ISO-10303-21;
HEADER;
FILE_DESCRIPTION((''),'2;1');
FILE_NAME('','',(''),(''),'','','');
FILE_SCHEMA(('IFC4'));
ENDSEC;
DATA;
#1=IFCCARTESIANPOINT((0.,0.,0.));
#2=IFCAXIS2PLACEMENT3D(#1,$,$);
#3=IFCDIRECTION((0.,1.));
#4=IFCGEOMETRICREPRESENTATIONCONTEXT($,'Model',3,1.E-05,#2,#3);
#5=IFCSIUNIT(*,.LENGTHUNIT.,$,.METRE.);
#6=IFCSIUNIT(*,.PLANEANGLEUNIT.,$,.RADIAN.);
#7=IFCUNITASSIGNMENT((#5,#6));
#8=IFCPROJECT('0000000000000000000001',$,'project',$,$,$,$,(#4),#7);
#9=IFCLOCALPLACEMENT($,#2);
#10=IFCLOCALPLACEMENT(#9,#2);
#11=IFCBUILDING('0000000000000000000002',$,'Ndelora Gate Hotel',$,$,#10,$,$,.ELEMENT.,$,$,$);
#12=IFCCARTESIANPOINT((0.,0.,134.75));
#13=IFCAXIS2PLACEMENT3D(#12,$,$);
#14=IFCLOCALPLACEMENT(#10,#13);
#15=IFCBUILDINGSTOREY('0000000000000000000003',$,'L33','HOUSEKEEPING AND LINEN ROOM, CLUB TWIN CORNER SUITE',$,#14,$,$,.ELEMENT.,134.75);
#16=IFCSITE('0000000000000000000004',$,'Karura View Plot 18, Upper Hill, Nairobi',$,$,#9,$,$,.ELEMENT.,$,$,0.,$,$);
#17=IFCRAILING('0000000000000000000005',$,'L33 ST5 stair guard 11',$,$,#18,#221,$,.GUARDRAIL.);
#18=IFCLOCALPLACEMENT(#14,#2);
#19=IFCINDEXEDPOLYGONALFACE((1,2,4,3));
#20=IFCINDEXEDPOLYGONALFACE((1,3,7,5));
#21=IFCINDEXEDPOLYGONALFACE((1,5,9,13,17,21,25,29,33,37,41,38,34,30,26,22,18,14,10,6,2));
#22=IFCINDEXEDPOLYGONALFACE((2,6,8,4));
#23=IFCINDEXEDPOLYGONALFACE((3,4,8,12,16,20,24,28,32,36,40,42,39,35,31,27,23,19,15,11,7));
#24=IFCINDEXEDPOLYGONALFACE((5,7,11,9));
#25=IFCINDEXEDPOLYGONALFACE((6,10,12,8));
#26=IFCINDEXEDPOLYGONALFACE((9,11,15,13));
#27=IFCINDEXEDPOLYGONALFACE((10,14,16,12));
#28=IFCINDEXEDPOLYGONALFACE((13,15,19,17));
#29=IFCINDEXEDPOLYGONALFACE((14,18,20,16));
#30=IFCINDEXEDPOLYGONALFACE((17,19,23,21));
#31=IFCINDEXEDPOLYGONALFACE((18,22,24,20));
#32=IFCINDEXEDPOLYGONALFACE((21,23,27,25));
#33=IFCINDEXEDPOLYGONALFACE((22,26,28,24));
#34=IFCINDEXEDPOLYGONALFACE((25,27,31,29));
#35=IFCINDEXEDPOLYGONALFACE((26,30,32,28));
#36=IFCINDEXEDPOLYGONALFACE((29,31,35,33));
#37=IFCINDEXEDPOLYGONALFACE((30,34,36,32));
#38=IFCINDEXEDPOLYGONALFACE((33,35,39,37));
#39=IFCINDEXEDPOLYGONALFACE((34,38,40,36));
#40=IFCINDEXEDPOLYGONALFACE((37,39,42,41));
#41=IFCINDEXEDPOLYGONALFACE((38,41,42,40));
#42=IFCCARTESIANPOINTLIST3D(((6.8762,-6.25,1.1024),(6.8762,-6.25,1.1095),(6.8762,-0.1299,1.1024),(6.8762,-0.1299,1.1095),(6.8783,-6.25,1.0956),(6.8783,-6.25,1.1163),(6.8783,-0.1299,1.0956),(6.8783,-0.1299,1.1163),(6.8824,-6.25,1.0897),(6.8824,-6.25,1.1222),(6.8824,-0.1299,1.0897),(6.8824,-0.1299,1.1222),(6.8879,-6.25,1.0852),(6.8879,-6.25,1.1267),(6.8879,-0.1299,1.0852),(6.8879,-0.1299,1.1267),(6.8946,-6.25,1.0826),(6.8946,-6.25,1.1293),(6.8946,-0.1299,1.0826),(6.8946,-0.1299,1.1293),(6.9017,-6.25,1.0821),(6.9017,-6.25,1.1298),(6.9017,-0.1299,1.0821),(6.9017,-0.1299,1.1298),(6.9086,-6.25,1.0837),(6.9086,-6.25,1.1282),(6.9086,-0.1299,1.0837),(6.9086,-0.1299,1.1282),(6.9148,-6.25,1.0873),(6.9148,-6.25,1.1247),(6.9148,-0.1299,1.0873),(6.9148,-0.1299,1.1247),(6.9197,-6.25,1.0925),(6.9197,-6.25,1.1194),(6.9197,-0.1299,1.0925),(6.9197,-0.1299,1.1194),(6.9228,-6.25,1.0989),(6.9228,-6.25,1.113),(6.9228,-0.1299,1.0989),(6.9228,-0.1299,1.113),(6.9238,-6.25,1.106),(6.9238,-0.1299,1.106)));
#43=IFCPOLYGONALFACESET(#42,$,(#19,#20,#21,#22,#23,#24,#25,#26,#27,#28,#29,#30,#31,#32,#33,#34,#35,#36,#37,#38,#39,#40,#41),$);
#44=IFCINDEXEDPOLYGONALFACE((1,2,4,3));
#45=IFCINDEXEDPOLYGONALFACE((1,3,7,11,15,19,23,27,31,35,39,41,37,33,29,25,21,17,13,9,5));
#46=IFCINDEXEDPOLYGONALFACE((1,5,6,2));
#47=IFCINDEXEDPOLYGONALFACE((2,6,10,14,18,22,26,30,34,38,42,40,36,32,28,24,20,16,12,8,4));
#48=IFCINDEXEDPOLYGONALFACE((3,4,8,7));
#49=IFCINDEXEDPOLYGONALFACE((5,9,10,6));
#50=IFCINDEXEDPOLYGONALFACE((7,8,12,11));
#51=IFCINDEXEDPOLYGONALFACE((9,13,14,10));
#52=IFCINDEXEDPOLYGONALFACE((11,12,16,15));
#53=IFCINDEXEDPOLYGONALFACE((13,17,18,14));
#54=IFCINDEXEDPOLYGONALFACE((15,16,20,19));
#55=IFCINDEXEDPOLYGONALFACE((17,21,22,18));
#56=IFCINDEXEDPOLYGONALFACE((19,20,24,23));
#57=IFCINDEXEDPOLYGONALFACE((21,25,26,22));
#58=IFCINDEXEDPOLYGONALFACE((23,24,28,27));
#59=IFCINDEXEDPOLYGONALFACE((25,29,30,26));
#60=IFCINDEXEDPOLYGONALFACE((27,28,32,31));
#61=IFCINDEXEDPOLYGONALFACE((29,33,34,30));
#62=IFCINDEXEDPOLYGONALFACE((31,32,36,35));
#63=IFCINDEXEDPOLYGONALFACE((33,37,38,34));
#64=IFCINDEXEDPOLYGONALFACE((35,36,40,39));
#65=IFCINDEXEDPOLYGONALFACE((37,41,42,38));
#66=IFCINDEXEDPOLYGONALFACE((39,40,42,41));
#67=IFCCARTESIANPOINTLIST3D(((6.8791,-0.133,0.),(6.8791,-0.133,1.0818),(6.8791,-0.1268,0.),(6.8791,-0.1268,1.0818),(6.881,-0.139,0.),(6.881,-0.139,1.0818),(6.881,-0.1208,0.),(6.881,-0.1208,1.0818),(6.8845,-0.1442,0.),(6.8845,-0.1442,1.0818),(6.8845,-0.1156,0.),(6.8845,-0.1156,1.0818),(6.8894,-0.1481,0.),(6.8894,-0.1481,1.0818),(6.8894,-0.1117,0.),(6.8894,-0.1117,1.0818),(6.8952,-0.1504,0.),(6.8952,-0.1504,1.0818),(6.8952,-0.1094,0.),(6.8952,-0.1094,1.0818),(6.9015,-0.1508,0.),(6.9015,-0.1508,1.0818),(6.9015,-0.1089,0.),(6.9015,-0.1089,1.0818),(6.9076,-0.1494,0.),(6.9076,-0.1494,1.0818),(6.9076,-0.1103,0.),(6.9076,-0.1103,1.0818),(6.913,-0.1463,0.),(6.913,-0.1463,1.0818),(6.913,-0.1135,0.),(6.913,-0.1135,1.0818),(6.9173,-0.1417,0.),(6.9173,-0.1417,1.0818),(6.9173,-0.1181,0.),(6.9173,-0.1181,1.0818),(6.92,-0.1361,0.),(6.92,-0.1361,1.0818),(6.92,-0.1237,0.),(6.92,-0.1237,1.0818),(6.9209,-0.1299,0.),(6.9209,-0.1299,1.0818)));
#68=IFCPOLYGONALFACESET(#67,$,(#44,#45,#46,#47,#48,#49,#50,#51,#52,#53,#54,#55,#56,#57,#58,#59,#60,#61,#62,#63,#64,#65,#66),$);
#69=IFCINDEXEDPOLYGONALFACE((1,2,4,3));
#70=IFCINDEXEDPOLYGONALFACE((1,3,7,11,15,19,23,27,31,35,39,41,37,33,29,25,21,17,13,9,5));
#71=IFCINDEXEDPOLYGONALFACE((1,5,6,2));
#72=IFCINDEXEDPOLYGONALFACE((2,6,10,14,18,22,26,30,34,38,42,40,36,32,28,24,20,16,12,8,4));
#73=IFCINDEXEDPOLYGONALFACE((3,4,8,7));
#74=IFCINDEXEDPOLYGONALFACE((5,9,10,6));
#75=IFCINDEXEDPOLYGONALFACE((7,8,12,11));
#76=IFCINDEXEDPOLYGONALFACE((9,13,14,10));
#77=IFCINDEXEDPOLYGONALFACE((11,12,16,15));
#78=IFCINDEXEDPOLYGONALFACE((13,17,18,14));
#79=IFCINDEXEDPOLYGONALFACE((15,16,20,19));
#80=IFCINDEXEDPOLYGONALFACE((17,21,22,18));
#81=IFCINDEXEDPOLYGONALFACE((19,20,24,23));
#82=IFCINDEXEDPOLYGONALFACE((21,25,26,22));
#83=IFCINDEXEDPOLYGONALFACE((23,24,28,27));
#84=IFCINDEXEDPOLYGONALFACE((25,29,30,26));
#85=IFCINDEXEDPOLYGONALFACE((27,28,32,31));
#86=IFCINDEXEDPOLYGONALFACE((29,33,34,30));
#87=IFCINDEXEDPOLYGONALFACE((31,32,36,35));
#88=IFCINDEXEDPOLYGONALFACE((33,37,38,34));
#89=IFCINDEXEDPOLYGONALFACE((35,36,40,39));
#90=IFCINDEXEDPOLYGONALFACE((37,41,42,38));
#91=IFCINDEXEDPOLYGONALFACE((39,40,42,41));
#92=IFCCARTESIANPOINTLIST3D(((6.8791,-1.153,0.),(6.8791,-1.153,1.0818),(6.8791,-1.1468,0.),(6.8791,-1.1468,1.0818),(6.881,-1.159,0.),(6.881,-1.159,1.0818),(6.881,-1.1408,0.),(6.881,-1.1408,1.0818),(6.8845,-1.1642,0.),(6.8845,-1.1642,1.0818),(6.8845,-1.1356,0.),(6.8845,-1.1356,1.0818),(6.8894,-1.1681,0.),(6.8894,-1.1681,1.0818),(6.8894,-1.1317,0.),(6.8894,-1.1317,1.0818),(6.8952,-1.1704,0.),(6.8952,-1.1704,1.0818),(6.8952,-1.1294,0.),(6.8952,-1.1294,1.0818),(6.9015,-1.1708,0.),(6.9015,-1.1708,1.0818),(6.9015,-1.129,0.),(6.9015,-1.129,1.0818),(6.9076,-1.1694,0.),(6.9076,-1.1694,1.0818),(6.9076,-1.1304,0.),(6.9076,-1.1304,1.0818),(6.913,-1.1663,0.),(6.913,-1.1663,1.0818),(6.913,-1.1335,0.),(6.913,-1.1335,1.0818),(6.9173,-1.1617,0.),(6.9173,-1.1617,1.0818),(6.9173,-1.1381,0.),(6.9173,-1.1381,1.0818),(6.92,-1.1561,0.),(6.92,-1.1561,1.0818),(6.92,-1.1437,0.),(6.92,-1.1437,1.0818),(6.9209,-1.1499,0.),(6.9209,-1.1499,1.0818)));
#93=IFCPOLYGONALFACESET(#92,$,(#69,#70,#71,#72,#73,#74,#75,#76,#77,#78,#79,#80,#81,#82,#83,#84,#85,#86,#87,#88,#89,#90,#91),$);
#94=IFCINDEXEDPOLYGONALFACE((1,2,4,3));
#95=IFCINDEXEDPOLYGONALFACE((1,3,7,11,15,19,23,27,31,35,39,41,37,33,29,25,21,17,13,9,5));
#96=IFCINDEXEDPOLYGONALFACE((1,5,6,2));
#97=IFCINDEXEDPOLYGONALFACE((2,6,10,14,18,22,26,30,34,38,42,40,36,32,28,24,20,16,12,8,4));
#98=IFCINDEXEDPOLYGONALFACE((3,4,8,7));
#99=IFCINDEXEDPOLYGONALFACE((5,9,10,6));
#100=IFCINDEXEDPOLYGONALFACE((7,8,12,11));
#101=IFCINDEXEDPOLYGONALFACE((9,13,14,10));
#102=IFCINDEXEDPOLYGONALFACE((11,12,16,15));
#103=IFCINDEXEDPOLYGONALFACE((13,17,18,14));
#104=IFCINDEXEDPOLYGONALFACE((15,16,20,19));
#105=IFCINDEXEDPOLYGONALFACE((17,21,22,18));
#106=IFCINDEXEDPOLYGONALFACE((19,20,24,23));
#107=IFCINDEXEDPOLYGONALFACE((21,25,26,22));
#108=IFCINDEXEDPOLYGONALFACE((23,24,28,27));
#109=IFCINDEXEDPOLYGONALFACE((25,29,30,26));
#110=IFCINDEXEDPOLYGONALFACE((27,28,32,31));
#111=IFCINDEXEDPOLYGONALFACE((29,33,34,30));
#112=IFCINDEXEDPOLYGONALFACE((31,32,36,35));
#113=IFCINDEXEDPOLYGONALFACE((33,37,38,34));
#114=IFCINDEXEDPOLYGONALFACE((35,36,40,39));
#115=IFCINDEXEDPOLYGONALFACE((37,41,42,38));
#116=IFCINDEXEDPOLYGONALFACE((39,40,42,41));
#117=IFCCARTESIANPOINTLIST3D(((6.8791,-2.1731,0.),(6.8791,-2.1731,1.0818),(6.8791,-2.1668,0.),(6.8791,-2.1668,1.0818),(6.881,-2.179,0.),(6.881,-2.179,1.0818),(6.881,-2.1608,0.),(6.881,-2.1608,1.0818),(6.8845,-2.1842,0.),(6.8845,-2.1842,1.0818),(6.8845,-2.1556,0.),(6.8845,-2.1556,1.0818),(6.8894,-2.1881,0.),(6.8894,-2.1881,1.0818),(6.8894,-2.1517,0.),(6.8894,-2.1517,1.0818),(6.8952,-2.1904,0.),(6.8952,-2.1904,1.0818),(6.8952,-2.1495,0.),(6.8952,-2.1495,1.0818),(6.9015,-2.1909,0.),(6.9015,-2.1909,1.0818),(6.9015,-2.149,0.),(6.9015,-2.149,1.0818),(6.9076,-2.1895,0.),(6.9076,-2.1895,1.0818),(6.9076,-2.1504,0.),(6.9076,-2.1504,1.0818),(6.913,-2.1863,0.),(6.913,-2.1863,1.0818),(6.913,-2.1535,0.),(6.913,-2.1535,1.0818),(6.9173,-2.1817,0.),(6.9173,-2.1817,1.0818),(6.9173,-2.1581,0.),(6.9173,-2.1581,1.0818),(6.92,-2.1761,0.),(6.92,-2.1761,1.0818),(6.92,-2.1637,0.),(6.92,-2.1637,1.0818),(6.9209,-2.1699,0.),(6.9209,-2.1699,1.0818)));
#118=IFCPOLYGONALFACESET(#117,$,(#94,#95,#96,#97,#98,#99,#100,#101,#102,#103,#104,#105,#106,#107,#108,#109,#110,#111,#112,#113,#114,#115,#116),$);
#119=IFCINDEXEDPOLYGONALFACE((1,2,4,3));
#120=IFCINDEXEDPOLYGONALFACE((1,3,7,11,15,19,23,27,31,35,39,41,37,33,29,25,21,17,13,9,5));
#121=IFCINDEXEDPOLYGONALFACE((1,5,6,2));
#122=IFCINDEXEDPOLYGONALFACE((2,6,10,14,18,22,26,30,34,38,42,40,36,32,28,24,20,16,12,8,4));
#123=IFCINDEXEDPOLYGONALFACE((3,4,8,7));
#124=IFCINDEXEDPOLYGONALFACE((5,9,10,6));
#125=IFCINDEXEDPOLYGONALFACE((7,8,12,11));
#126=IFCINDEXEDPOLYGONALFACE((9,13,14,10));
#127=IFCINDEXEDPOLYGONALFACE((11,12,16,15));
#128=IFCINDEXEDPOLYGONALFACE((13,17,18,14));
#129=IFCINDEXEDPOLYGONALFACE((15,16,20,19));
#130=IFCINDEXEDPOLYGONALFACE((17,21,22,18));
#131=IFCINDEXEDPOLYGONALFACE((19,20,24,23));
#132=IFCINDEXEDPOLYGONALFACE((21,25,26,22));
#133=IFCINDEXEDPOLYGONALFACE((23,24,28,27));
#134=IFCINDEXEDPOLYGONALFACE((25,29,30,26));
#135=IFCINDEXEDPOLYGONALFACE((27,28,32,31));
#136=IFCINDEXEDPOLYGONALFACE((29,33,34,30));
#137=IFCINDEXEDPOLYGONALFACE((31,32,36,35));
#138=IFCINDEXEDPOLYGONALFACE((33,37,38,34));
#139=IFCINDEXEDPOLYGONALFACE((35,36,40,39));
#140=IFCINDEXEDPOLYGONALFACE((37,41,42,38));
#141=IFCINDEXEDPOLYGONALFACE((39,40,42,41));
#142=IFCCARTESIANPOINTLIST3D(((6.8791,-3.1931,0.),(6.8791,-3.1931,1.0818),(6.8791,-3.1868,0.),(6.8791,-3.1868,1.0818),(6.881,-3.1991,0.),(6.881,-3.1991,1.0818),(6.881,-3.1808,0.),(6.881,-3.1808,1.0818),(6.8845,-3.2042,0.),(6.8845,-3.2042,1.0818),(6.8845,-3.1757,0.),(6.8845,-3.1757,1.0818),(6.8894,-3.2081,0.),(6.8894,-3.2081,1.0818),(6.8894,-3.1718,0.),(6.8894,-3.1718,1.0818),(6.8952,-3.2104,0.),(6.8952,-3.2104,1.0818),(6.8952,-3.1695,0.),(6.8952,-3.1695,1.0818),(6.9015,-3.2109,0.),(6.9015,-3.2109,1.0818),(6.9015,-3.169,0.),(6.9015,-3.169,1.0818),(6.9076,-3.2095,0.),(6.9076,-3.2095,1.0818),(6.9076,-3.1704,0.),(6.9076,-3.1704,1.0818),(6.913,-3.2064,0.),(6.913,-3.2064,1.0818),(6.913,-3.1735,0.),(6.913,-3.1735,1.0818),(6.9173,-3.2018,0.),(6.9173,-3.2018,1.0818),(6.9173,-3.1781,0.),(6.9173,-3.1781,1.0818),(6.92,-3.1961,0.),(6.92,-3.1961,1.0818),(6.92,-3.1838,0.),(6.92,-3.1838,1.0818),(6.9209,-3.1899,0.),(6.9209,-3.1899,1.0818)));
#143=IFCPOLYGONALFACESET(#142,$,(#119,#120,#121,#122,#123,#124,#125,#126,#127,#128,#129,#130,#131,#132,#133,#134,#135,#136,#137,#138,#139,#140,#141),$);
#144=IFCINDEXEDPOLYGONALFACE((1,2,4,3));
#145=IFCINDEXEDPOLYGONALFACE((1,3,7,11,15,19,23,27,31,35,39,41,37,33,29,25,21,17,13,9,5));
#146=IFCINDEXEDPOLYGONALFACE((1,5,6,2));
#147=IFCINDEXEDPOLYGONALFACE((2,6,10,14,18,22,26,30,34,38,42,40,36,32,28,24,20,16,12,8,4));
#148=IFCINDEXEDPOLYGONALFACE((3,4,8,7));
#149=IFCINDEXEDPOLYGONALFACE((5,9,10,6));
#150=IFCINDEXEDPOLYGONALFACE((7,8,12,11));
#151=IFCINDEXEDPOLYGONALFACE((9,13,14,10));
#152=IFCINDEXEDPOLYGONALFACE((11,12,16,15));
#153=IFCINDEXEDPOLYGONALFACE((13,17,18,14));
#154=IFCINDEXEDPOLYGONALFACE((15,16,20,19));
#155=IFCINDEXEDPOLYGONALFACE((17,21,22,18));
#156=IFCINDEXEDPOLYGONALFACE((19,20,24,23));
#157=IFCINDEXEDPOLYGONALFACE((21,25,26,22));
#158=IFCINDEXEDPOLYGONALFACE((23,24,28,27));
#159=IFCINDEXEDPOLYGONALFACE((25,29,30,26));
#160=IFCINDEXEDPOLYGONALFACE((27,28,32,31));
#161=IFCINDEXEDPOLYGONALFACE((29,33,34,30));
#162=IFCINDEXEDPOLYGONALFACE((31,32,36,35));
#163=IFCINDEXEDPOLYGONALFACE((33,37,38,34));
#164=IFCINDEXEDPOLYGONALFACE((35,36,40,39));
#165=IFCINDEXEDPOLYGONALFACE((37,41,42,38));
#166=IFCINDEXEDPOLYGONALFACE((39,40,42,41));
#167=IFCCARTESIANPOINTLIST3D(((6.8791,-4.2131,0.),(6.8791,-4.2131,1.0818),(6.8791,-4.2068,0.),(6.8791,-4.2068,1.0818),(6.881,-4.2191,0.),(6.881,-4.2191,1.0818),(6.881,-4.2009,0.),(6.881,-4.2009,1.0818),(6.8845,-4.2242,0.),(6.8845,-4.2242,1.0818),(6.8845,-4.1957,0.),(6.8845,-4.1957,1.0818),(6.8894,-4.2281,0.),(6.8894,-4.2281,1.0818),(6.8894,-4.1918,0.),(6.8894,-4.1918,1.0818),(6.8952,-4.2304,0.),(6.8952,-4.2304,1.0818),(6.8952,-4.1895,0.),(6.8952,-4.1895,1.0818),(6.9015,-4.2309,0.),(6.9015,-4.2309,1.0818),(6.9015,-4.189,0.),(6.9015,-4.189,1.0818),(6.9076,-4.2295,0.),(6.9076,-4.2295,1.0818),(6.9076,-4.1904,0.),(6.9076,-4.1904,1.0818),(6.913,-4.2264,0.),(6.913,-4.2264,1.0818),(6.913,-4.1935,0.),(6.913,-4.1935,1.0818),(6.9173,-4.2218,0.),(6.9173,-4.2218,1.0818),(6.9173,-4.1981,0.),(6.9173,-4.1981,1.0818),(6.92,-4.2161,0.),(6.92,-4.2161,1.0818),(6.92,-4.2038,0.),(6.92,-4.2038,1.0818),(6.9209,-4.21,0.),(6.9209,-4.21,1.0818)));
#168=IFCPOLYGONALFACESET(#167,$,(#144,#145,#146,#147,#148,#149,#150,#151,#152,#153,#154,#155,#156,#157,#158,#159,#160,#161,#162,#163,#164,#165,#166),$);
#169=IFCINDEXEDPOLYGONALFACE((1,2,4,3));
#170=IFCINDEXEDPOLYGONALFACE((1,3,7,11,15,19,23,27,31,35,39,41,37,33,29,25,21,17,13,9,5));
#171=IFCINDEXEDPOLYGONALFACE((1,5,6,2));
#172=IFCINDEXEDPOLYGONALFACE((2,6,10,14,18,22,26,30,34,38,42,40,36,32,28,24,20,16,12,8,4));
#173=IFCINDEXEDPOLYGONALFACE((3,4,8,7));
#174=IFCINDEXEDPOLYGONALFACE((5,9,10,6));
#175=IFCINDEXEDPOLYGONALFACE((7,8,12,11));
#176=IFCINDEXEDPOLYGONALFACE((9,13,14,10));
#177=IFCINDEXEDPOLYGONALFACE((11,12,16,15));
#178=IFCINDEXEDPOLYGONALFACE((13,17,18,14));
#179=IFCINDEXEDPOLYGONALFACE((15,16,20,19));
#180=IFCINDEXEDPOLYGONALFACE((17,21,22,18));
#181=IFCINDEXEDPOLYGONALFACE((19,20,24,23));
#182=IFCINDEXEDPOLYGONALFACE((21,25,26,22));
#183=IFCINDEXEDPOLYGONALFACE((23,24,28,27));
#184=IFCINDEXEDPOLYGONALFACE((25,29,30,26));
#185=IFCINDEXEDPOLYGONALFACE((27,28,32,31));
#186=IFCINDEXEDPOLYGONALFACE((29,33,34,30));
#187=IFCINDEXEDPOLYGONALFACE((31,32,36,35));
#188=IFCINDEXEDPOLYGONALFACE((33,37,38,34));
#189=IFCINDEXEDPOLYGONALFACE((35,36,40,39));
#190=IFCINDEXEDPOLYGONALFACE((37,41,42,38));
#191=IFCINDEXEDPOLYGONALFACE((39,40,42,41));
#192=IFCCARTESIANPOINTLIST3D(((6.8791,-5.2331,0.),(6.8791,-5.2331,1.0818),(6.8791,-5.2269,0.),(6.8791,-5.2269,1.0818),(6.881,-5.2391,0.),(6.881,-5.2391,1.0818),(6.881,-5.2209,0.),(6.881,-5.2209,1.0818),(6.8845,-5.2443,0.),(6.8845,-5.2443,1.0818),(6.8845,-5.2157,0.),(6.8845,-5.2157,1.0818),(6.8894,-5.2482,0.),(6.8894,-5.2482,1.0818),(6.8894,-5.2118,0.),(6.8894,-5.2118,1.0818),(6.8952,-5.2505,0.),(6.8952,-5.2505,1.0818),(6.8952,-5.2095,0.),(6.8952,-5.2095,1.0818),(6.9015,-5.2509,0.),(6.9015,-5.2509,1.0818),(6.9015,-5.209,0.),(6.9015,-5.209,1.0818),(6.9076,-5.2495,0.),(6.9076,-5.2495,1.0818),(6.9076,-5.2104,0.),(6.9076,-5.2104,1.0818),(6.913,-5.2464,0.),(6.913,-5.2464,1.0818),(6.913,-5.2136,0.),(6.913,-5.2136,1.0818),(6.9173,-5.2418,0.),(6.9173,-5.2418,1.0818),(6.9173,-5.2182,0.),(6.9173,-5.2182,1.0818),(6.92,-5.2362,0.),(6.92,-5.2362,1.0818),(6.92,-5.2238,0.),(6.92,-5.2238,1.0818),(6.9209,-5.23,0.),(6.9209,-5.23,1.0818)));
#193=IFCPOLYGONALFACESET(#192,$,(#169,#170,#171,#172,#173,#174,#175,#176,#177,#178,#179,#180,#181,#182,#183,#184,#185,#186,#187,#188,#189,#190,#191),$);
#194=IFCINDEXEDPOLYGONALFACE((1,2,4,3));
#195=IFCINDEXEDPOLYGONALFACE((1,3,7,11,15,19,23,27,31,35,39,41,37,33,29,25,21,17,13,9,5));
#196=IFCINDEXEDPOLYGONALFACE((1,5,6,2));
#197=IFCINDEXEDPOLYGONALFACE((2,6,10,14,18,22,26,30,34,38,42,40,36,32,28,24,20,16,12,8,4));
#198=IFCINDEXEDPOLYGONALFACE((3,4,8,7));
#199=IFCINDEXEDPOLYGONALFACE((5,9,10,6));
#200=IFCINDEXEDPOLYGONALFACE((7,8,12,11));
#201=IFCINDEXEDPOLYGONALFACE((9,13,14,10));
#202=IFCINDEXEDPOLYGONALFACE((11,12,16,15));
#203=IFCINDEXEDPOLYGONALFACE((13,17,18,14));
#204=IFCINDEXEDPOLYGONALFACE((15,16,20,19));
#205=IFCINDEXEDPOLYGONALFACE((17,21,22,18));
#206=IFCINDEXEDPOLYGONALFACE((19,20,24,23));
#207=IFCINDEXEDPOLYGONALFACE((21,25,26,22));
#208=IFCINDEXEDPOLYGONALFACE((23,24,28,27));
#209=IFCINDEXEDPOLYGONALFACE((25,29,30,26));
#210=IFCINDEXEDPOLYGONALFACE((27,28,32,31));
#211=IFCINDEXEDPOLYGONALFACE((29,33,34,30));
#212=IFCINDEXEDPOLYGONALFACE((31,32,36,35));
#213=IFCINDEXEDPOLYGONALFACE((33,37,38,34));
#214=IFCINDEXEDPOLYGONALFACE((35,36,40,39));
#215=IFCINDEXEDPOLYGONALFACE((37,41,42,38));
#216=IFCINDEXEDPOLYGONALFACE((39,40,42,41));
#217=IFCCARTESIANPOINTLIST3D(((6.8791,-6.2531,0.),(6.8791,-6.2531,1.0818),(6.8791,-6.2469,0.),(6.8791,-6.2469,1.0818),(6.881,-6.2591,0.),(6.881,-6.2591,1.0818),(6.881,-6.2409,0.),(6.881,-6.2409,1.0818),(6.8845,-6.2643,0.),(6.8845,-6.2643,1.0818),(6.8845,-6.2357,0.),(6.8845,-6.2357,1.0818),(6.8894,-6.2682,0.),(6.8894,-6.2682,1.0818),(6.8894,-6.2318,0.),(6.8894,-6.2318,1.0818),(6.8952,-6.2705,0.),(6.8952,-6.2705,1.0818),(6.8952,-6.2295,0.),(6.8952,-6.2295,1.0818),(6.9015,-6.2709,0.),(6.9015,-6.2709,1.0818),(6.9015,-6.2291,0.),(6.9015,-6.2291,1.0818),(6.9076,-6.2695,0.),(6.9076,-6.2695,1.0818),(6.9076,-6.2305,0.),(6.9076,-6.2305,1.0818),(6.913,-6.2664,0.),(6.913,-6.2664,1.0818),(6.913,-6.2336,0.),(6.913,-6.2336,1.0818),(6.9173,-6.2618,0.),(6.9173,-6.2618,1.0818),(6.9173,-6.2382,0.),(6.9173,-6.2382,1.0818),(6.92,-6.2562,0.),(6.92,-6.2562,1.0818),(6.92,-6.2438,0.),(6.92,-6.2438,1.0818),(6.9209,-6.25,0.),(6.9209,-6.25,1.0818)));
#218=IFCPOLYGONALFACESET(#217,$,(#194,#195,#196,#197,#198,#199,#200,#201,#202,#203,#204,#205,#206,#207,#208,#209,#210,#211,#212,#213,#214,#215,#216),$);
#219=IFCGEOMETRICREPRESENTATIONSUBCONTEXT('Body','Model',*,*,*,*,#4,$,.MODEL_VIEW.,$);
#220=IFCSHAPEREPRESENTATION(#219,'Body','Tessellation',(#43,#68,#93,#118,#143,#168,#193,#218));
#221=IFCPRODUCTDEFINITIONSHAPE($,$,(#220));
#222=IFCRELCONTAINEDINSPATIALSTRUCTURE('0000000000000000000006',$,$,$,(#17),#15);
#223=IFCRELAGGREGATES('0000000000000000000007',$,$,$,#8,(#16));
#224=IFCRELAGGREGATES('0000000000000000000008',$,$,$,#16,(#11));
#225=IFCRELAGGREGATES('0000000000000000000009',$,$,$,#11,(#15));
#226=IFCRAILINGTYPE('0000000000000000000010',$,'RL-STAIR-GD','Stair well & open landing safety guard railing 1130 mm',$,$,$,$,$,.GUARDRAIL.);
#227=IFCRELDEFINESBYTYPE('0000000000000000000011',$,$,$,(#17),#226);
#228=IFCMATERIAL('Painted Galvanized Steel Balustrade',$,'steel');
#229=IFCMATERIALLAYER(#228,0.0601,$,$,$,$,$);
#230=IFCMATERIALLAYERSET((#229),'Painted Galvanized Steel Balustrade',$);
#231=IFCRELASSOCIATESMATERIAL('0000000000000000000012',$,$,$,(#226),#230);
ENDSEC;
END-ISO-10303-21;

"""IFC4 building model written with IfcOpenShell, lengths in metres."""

from ifc_helpers import new_model, si_unit, direction, frame, origin, origin_2d, place, context, subcontext, project, spatial, circle, extrude, material, layer, layer_set, type_object, element, save


model = new_model("IFC4")

# Units and contexts
model_context = context("Model", 3, precision=1e-05, world=origin(), true_north=direction((0.0, 1.0)))
body_context = subcontext(model_context, "Body", "Model", "MODEL_VIEW")
ifc_project = project(units=[si_unit("LENGTHUNIT", "METRE"), si_unit("PLANEANGLEUNIT", "RADIAN")], contexts=[model_context])

# Site, building, storey
site_placement = place(None, origin())
site = spatial("IfcSite", under=ifc_project, at=site_placement, Name="Karura View Plot 18, Upper Hill, Nairobi", CompositionType="ELEMENT", RefElevation=0.0)
building_placement = place(site_placement, origin())
building = spatial("IfcBuilding", under=site, at=building_placement, Name="Ndelora Gate Hotel", CompositionType="ELEMENT")
storey_placement = place(building_placement, frame((0.0, 0.0, 134.75)))
storey = spatial("IfcBuildingStorey", under=building, at=storey_placement, Name="L33", Description="HOUSEKEEPING AND LINEN ROOM, CLUB TWIN CORNER SUITE", CompositionType="ELEMENT", Elevation=134.75)

# Railing
ifc_material_1 = material(Name="Painted Galvanized Steel Balustrade", Category="steel")
ifc_layer_1 = layer(ifc_material_1, 0.0601)
ifc_layer_set_1 = layer_set([ifc_layer_1], Name="Painted Galvanized Steel Balustrade")
railing_type_1 = type_object("IfcRailingType", Name="RL-STAIR-GD", Description="Stair well & open landing safety guard railing 1130 mm", PredefinedType="GUARDRAIL", material=ifc_layer_set_1)
railing_1_placement = place(storey_placement, frame((6.8999, -0.1299, 0.0)))
element("IfcRailing", 1, at=railing_1_placement, inside=storey, type_object=railing_type_1, Name="L33 ST5 stair guard 11", PredefinedType="GUARDRAIL", context=body_context, shape_type="SweptSolid", body=[
    extrude(circle(Radius=0.0239, at=origin_2d()), frame((0.0, 0.0, 1.106), z_axis=(0.0, -1.0, 0.0), x_axis=(1.0, 0.0, 0.0)), (0.0, 0.0, 1.0), 6.1201),
    extrude(circle(Radius=0.021, at=origin_2d()), origin(), (0.0, 0.0, 1.0), 1.0818),
    extrude(circle(Radius=0.021, at=origin_2d()), frame((0.0, -1.02, 0.0)), (0.0, 0.0, 1.0), 1.0818),
    extrude(circle(Radius=0.021, at=origin_2d()), frame((0.0, -2.04, 0.0)), (0.0, 0.0, 1.0), 1.0818),
    extrude(circle(Radius=0.021, at=origin_2d()), frame((0.0, -3.0601, 0.0)), (0.0, 0.0, 1.0), 1.0818),
    extrude(circle(Radius=0.021, at=origin_2d()), frame((0.0, -4.0801, 0.0)), (0.0, 0.0, 1.0), 1.0818),
    extrude(circle(Radius=0.021, at=origin_2d()), frame((0.0, -5.1001, 0.0)), (0.0, 0.0, 1.0), 1.0818),
    extrude(circle(Radius=0.021, at=origin_2d()), frame((0.0, -6.1201, 0.0)), (0.0, 0.0, 1.0), 1.0818),
])

save(model, "model.ifc")
